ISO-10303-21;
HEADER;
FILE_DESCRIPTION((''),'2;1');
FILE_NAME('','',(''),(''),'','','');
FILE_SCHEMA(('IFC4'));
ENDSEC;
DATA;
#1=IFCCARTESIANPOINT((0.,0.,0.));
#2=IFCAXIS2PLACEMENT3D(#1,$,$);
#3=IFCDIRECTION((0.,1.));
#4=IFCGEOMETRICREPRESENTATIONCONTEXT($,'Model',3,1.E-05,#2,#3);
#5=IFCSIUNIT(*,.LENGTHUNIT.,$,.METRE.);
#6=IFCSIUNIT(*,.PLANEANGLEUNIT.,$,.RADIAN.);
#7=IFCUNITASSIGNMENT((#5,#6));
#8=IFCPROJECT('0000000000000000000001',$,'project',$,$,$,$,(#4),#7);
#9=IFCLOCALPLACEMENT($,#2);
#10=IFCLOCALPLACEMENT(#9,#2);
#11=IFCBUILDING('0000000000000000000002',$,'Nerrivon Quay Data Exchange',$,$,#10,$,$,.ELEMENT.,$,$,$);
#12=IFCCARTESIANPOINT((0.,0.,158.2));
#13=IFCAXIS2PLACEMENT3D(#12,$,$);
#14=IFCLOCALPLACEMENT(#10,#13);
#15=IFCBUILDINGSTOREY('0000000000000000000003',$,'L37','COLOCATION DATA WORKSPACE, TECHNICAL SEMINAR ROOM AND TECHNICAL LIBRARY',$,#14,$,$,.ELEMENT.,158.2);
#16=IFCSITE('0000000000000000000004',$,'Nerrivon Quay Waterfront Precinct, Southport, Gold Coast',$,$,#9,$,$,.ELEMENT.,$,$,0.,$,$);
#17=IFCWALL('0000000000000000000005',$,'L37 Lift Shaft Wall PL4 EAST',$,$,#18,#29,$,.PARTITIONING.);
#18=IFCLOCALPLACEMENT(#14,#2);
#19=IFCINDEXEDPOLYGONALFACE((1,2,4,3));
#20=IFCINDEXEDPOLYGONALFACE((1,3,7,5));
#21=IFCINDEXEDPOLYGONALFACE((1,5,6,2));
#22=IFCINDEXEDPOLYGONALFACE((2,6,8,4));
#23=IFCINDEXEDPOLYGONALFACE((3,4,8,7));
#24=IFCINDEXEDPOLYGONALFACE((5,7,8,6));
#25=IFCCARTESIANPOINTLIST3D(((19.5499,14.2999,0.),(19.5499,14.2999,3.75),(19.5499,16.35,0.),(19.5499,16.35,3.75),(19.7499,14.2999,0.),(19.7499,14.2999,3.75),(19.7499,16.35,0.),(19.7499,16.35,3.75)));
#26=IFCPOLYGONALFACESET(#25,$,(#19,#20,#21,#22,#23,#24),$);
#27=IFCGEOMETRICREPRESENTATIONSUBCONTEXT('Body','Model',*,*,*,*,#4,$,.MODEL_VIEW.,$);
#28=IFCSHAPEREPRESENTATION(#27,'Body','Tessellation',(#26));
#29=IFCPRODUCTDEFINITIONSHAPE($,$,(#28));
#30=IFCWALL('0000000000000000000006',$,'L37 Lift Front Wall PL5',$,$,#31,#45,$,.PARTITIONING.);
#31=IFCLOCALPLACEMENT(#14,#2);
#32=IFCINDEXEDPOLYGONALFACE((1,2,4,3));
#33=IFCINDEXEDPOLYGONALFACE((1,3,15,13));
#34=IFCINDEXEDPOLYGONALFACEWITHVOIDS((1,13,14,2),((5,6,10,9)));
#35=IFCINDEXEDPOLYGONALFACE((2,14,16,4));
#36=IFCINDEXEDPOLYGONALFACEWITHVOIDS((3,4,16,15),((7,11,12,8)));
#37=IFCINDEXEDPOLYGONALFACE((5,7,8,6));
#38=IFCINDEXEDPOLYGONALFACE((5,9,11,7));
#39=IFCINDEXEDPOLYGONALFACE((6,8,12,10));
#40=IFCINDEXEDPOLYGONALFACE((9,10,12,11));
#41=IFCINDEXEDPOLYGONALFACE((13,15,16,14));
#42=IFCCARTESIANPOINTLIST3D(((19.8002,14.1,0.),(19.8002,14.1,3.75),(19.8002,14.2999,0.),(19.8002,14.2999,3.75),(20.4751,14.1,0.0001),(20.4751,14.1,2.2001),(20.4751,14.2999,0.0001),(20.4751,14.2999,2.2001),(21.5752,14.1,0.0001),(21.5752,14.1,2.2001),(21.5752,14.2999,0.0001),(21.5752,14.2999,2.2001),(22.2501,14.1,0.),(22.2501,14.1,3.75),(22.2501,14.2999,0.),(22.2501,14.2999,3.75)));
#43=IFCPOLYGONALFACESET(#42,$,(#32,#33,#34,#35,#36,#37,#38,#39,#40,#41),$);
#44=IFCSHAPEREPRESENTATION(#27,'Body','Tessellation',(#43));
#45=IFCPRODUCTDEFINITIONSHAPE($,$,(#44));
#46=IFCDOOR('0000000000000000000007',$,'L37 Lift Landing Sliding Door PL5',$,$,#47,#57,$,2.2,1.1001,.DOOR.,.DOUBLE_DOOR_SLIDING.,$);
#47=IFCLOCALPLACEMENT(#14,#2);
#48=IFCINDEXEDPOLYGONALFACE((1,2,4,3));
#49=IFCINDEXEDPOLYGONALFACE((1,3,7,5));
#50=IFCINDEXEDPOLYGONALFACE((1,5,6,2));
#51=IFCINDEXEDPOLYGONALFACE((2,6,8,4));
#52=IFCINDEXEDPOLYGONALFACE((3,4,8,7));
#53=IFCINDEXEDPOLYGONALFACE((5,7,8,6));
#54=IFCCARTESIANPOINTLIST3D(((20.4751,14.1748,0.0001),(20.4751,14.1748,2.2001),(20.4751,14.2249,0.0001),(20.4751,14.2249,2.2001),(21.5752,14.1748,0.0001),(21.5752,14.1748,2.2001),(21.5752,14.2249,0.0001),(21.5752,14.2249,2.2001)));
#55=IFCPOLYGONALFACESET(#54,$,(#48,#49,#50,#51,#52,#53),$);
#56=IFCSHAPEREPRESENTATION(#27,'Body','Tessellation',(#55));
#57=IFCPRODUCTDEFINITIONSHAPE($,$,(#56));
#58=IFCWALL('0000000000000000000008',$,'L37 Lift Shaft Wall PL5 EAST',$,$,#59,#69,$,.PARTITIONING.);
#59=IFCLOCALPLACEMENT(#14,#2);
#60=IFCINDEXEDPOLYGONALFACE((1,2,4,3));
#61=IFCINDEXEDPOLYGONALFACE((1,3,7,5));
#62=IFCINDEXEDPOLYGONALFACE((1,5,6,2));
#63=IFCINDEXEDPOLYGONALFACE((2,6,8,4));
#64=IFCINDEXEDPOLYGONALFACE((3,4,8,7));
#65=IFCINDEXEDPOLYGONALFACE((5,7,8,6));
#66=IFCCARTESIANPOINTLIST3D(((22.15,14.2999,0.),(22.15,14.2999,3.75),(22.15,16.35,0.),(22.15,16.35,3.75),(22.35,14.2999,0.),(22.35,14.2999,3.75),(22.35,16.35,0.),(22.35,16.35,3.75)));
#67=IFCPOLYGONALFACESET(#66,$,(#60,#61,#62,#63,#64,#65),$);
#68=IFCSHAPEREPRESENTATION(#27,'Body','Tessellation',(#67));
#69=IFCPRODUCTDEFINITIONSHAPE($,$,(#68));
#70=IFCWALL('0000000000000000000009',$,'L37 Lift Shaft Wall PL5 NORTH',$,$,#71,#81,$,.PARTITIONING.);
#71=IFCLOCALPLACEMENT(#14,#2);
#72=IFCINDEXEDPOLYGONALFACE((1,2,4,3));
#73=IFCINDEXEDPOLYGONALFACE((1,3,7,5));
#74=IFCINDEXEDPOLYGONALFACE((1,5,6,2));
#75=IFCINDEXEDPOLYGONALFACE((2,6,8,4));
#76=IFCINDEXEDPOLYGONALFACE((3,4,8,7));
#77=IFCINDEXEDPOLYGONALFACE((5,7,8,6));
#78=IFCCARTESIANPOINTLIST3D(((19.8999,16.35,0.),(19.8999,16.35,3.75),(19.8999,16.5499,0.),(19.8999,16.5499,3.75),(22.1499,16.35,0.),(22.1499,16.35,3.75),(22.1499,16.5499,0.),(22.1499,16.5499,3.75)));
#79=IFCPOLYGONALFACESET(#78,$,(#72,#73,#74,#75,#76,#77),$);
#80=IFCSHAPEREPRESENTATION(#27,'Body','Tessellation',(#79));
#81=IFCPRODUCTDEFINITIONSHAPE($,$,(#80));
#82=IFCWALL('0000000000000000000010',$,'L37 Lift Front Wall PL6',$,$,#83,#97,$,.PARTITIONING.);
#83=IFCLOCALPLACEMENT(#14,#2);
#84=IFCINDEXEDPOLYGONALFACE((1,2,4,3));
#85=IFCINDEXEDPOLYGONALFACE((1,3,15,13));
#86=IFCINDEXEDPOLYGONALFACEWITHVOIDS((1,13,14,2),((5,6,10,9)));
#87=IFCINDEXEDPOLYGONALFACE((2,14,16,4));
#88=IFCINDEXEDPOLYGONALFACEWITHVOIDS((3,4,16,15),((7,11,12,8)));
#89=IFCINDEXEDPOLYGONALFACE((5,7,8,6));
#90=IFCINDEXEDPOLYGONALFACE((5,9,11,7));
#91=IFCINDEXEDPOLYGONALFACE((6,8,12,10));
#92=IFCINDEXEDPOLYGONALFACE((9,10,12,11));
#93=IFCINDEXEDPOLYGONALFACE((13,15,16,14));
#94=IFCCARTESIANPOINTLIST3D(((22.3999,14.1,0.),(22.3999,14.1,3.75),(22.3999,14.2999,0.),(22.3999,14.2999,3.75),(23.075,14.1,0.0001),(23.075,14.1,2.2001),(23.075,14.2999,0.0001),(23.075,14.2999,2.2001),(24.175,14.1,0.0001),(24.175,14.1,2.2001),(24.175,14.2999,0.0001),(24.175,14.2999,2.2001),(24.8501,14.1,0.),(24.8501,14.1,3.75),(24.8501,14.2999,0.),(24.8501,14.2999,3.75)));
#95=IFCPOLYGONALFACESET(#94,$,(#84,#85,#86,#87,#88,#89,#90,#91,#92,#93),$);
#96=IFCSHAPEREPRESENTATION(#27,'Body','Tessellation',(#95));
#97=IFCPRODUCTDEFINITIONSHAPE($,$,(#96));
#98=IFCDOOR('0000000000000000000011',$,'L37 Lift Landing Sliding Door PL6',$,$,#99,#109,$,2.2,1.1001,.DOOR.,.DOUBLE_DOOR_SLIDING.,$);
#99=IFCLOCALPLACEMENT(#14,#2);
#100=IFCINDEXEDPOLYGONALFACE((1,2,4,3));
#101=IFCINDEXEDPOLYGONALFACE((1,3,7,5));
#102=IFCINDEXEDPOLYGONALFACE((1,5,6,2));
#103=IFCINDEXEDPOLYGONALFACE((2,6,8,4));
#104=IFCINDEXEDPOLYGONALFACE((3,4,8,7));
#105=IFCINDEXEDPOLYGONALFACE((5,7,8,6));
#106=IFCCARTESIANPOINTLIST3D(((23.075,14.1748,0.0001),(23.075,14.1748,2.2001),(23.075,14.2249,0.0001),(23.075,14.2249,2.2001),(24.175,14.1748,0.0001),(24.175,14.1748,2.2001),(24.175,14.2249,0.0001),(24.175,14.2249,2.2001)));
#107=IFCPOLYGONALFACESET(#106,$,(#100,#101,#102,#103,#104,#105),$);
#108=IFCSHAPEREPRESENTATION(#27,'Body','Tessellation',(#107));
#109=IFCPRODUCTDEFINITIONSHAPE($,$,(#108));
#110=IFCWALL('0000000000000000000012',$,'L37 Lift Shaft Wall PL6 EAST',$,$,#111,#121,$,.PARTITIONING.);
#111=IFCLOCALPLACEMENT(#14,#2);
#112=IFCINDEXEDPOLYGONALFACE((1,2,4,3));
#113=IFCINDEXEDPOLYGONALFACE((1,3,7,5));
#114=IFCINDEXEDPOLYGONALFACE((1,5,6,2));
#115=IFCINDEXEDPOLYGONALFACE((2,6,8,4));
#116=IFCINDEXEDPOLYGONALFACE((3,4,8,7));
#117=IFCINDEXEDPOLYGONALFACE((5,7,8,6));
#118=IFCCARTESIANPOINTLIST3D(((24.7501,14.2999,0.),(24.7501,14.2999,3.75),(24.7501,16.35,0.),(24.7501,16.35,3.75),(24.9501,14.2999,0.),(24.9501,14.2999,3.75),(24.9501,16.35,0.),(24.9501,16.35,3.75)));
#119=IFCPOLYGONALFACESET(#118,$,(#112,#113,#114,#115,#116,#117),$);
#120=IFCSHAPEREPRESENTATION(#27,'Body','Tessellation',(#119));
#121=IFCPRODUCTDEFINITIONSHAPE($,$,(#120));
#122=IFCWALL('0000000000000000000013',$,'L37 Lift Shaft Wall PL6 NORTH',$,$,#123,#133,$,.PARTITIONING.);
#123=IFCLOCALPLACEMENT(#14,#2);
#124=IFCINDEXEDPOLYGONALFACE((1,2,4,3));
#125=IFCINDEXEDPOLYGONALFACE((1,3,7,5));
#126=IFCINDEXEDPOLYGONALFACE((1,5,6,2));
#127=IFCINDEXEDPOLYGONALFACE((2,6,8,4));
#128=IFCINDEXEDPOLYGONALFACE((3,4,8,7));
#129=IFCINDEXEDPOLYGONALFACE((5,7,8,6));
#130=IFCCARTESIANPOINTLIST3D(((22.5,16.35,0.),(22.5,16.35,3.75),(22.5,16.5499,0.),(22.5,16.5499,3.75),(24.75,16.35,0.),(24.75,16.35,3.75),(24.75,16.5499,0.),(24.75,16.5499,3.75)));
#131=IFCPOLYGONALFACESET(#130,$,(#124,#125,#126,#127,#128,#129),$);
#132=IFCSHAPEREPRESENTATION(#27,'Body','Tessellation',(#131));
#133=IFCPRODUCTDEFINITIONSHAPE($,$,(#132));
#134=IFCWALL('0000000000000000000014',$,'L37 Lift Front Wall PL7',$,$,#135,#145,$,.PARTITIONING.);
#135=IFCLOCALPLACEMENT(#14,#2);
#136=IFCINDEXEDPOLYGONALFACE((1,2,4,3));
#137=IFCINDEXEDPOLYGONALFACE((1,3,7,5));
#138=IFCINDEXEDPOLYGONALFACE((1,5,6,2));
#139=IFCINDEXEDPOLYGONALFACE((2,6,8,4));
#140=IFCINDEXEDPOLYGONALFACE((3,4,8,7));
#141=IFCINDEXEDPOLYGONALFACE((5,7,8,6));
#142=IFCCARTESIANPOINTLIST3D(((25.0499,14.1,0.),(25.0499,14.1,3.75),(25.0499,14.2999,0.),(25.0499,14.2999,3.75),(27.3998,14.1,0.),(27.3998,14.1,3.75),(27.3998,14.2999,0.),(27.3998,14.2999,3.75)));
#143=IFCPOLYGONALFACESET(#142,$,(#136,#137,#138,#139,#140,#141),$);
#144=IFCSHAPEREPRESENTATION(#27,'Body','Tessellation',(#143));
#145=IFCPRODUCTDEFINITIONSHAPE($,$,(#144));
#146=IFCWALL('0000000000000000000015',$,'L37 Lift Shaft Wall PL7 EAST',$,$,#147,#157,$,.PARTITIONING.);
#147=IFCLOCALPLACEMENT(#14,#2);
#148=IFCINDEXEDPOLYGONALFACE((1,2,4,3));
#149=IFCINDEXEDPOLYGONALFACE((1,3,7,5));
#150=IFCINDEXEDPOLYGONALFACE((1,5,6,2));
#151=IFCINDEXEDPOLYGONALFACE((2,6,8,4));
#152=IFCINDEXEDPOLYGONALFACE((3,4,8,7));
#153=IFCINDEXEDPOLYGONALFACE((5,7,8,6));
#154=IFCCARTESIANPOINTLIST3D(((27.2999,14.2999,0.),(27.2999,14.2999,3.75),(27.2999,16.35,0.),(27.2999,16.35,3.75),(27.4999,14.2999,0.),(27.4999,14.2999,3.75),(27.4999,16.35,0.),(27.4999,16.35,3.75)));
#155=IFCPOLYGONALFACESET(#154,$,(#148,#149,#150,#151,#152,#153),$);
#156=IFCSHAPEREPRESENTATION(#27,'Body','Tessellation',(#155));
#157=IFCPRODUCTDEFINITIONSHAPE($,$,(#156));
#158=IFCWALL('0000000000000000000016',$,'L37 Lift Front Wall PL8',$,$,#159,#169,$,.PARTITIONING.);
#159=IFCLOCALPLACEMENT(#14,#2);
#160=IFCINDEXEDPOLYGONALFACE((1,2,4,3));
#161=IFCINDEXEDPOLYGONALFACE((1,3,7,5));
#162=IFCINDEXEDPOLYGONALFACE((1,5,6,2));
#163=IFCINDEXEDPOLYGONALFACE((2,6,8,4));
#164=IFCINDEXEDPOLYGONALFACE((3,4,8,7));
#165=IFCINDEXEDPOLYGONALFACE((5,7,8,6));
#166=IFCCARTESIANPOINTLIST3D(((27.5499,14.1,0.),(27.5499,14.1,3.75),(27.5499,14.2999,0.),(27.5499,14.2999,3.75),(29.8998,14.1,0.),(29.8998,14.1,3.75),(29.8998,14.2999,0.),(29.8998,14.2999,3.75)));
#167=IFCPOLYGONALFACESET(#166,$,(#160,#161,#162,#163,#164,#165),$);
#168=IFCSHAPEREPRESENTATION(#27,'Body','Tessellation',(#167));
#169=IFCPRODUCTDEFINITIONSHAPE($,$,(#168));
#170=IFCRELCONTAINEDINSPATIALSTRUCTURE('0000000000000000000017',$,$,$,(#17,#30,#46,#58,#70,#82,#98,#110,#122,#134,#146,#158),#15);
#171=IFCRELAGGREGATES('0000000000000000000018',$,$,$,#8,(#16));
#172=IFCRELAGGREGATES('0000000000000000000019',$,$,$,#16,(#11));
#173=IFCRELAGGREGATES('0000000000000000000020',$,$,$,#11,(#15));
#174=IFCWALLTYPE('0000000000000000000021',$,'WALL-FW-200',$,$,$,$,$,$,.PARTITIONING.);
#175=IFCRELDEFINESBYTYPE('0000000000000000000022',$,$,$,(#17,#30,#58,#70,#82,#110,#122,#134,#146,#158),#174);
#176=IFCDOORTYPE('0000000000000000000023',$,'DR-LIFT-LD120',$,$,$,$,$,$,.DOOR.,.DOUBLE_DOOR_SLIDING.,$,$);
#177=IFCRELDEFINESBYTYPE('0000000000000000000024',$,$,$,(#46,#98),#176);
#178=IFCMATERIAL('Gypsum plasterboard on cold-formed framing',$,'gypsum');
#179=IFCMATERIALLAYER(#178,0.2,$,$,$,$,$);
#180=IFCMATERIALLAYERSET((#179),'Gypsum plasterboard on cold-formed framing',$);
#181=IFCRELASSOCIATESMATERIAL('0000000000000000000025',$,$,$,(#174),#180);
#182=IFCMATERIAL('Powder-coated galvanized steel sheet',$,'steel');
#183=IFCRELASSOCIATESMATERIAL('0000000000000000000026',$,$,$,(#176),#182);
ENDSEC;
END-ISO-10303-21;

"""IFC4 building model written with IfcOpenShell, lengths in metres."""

from ifc_helpers import new_model, si_unit, direction, frame, frame_2d, origin, place, context, subcontext, project, spatial, rectangle, extrude, material, layer, layer_set, type_object, element, fill, save


model = new_model("IFC4")

# Units and contexts
model_context = context("Model", 3, precision=1e-05, world=origin(), true_north=direction((0.0, 1.0)))
body_context = subcontext(model_context, "Body", "Model", "MODEL_VIEW")
ifc_project = project(units=[si_unit("LENGTHUNIT", "METRE"), si_unit("PLANEANGLEUNIT", "RADIAN")], contexts=[model_context])

# Site, building, storey
site_placement = place(None, origin())
site = spatial("IfcSite", under=ifc_project, at=site_placement, Name="Nerrivon Quay Waterfront Precinct, Southport, Gold Coast", CompositionType="ELEMENT", RefElevation=0.0)
building_placement = place(site_placement, origin())
building = spatial("IfcBuilding", under=site, at=building_placement, Name="Nerrivon Quay Data Exchange", CompositionType="ELEMENT")
storey_placement = place(building_placement, frame((0.0, 0.0, 158.2)))
storey = spatial("IfcBuildingStorey", under=building, at=storey_placement, Name="L37", Description="COLOCATION DATA WORKSPACE, TECHNICAL SEMINAR ROOM AND TECHNICAL LIBRARY", CompositionType="ELEMENT", Elevation=158.2)

# Wall
ifc_material_1 = material(Name="Gypsum plasterboard on cold-formed framing", Category="gypsum")
ifc_layer_1 = layer(ifc_material_1, 0.2)
ifc_layer_set_1 = layer_set([ifc_layer_1], Name="Gypsum plasterboard on cold-formed framing")
wall_type_1 = type_object("IfcWallType", Name="WALL-FW-200", PredefinedType="PARTITIONING", material=ifc_layer_set_1)
wall_1_placement = place(storey_placement, frame((19.6499, 14.3, 0.0), z_axis=(0.0, 0.0, 1.0), x_axis=(0.0, 1.0, 0.0)))
element("IfcWall", 1, at=wall_1_placement, inside=storey, type_object=wall_type_1, Name="L37 Lift Shaft Wall PL4 EAST", PredefinedType="PARTITIONING", context=body_context, shape_type="SweptSolid", body=[
    extrude(rectangle(XDim=2.05, YDim=0.2, at=frame_2d((1.0249, 0.0))), origin(), (0.0, 0.0, 1.0), 3.75),
])

# Wall, opening, door
wall_2_placement = place(storey_placement, frame((19.8, 14.2, 0.0), z_axis=(0.0, 0.0, 1.0), x_axis=(1.0, 0.0, 0.0)))
wall_2 = element("IfcWall", 2, at=wall_2_placement, inside=storey, type_object=wall_type_1, Name="L37 Lift Front Wall PL5", PredefinedType="PARTITIONING", context=body_context, shape_type="SweptSolid", body=[
    extrude(rectangle(XDim=2.45, YDim=0.2, at=frame_2d((1.2251, 0.0))), origin(), (0.0, 0.0, 1.0), 3.75),
])
opening_1_placement = place(wall_2_placement, frame((0.675, 0.0, 0.0)))
opening_1 = element("IfcOpeningElement", 3, at=opening_1_placement, cuts=wall_2, PredefinedType="OPENING", context=body_context, shape_type="SweptSolid", body=[
    extrude(rectangle(XDim=1.1001, YDim=2.2, at=frame_2d((0.55, 1.1001))), frame((0.0, 0.1099, 0.0), z_axis=(0.0, -1.0, 0.0), x_axis=(1.0, 0.0, 0.0)), (0.0, 0.0, 1.0), 0.22),
])
ifc_material_2 = material(Name="Powder-coated galvanized steel sheet", Category="steel")
door_type_1 = type_object("IfcDoorType", Name="DR-LIFT-LD120", OperationType="DOUBLE_DOOR_SLIDING", PredefinedType="DOOR", material=ifc_material_2)
door_1_placement = place(opening_1_placement, origin())
door_1 = element("IfcDoor", 4, at=door_1_placement, inside=storey, type_object=door_type_1, Name="L37 Lift Landing Sliding Door PL5", OperationType="DOUBLE_DOOR_SLIDING", OverallHeight=2.2, OverallWidth=1.1001, PredefinedType="DOOR", context=body_context, shape_type="SweptSolid", body=[
    extrude(rectangle(XDim=1.1001, YDim=2.2, at=frame_2d((0.55, 1.1001))), frame((0.0, 0.0249, 0.0), z_axis=(0.0, -1.0, 0.0), x_axis=(1.0, 0.0, 0.0)), (0.0, 0.0, 1.0), 0.05),
])
fill(opening_1, door_1)

# Walls
wall_3_placement = place(storey_placement, frame((22.25, 14.3, 0.0), z_axis=(0.0, 0.0, 1.0), x_axis=(0.0, 1.0, 0.0)))
element("IfcWall", 5, at=wall_3_placement, inside=storey, type_object=wall_type_1, Name="L37 Lift Shaft Wall PL5 EAST", PredefinedType="PARTITIONING", context=body_context, shape_type="SweptSolid", body=[
    extrude(rectangle(XDim=2.05, YDim=0.2, at=frame_2d((1.0249, 0.0))), origin(), (0.0, 0.0, 1.0), 3.75),
])
wall_4_placement = place(storey_placement, frame((19.8999, 16.45, 0.0), z_axis=(0.0, 0.0, 1.0), x_axis=(1.0, 0.0, 0.0)))
element("IfcWall", 6, at=wall_4_placement, inside=storey, type_object=wall_type_1, Name="L37 Lift Shaft Wall PL5 NORTH", PredefinedType="PARTITIONING", context=body_context, shape_type="SweptSolid", body=[
    extrude(rectangle(XDim=2.25, YDim=0.2, at=frame_2d((1.125, 0.0))), origin(), (0.0, 0.0, 1.0), 3.75),
])

# Wall, opening, door
wall_5_placement = place(storey_placement, frame((22.3999, 14.2, 0.0), z_axis=(0.0, 0.0, 1.0), x_axis=(1.0, 0.0, 0.0)))
wall_5 = element("IfcWall", 7, at=wall_5_placement, inside=storey, type_object=wall_type_1, Name="L37 Lift Front Wall PL6", PredefinedType="PARTITIONING", context=body_context, shape_type="SweptSolid", body=[
    extrude(rectangle(XDim=2.4502, YDim=0.2, at=frame_2d((1.2251, 0.0))), origin(), (0.0, 0.0, 1.0), 3.75),
])
opening_2_placement = place(wall_5_placement, frame((0.675, 0.0, 0.0)))
opening_2 = element("IfcOpeningElement", 8, at=opening_2_placement, cuts=wall_5, PredefinedType="OPENING", context=body_context, shape_type="SweptSolid", body=[
    extrude(rectangle(XDim=1.1001, YDim=2.2, at=frame_2d((0.55, 1.1001))), frame((0.0, 0.1099, 0.0), z_axis=(0.0, -1.0, 0.0), x_axis=(1.0, 0.0, 0.0)), (0.0, 0.0, 1.0), 0.22),
])
door_2_placement = place(opening_2_placement, origin())
door_2 = element("IfcDoor", 9, at=door_2_placement, inside=storey, type_object=door_type_1, Name="L37 Lift Landing Sliding Door PL6", OperationType="DOUBLE_DOOR_SLIDING", OverallHeight=2.2, OverallWidth=1.1001, PredefinedType="DOOR", context=body_context, shape_type="SweptSolid", body=[
    extrude(rectangle(XDim=1.1001, YDim=2.2, at=frame_2d((0.55, 1.1001))), frame((0.0, 0.0249, 0.0), z_axis=(0.0, -1.0, 0.0), x_axis=(1.0, 0.0, 0.0)), (0.0, 0.0, 1.0), 0.05),
])
fill(opening_2, door_2)

# Walls
wall_6_placement = place(storey_placement, frame((24.8501, 14.3, 0.0), z_axis=(0.0, 0.0, 1.0), x_axis=(0.0, 1.0, 0.0)))
element("IfcWall", 10, at=wall_6_placement, inside=storey, type_object=wall_type_1, Name="L37 Lift Shaft Wall PL6 EAST", PredefinedType="PARTITIONING", context=body_context, shape_type="SweptSolid", body=[
    extrude(rectangle(XDim=2.05, YDim=0.2, at=frame_2d((1.0249, 0.0))), origin(), (0.0, 0.0, 1.0), 3.75),
])
wall_7_placement = place(storey_placement, frame((22.5, 16.45, 0.0), z_axis=(0.0, 0.0, 1.0), x_axis=(1.0, 0.0, 0.0)))
element("IfcWall", 11, at=wall_7_placement, inside=storey, type_object=wall_type_1, Name="L37 Lift Shaft Wall PL6 NORTH", PredefinedType="PARTITIONING", context=body_context, shape_type="SweptSolid", body=[
    extrude(rectangle(XDim=2.25, YDim=0.2, at=frame_2d((1.125, 0.0))), origin(), (0.0, 0.0, 1.0), 3.75),
])
wall_8_placement = place(storey_placement, frame((25.05, 14.2, 0.0), z_axis=(0.0, 0.0, 1.0), x_axis=(1.0, 0.0, 0.0)))
element("IfcWall", 12, at=wall_8_placement, inside=storey, type_object=wall_type_1, Name="L37 Lift Front Wall PL7", PredefinedType="PARTITIONING", context=body_context, shape_type="SweptSolid", body=[
    extrude(rectangle(XDim=2.3499, YDim=0.2, at=frame_2d((1.1748, 0.0))), origin(), (0.0, 0.0, 1.0), 3.75),
])
wall_9_placement = place(storey_placement, frame((27.3999, 14.3, 0.0), z_axis=(0.0, 0.0, 1.0), x_axis=(0.0, 1.0, 0.0)))
element("IfcWall", 13, at=wall_9_placement, inside=storey, type_object=wall_type_1, Name="L37 Lift Shaft Wall PL7 EAST", PredefinedType="PARTITIONING", context=body_context, shape_type="SweptSolid", body=[
    extrude(rectangle(XDim=2.05, YDim=0.2, at=frame_2d((1.0249, 0.0))), origin(), (0.0, 0.0, 1.0), 3.75),
])
wall_10_placement = place(storey_placement, frame((27.55, 14.2, 0.0), z_axis=(0.0, 0.0, 1.0), x_axis=(1.0, 0.0, 0.0)))
element("IfcWall", 14, at=wall_10_placement, inside=storey, type_object=wall_type_1, Name="L37 Lift Front Wall PL8", PredefinedType="PARTITIONING", context=body_context, shape_type="SweptSolid", body=[
    extrude(rectangle(XDim=2.3499, YDim=0.2, at=frame_2d((1.1748, 0.0))), origin(), (0.0, 0.0, 1.0), 3.75),
])

save(model, "model.ifc")
